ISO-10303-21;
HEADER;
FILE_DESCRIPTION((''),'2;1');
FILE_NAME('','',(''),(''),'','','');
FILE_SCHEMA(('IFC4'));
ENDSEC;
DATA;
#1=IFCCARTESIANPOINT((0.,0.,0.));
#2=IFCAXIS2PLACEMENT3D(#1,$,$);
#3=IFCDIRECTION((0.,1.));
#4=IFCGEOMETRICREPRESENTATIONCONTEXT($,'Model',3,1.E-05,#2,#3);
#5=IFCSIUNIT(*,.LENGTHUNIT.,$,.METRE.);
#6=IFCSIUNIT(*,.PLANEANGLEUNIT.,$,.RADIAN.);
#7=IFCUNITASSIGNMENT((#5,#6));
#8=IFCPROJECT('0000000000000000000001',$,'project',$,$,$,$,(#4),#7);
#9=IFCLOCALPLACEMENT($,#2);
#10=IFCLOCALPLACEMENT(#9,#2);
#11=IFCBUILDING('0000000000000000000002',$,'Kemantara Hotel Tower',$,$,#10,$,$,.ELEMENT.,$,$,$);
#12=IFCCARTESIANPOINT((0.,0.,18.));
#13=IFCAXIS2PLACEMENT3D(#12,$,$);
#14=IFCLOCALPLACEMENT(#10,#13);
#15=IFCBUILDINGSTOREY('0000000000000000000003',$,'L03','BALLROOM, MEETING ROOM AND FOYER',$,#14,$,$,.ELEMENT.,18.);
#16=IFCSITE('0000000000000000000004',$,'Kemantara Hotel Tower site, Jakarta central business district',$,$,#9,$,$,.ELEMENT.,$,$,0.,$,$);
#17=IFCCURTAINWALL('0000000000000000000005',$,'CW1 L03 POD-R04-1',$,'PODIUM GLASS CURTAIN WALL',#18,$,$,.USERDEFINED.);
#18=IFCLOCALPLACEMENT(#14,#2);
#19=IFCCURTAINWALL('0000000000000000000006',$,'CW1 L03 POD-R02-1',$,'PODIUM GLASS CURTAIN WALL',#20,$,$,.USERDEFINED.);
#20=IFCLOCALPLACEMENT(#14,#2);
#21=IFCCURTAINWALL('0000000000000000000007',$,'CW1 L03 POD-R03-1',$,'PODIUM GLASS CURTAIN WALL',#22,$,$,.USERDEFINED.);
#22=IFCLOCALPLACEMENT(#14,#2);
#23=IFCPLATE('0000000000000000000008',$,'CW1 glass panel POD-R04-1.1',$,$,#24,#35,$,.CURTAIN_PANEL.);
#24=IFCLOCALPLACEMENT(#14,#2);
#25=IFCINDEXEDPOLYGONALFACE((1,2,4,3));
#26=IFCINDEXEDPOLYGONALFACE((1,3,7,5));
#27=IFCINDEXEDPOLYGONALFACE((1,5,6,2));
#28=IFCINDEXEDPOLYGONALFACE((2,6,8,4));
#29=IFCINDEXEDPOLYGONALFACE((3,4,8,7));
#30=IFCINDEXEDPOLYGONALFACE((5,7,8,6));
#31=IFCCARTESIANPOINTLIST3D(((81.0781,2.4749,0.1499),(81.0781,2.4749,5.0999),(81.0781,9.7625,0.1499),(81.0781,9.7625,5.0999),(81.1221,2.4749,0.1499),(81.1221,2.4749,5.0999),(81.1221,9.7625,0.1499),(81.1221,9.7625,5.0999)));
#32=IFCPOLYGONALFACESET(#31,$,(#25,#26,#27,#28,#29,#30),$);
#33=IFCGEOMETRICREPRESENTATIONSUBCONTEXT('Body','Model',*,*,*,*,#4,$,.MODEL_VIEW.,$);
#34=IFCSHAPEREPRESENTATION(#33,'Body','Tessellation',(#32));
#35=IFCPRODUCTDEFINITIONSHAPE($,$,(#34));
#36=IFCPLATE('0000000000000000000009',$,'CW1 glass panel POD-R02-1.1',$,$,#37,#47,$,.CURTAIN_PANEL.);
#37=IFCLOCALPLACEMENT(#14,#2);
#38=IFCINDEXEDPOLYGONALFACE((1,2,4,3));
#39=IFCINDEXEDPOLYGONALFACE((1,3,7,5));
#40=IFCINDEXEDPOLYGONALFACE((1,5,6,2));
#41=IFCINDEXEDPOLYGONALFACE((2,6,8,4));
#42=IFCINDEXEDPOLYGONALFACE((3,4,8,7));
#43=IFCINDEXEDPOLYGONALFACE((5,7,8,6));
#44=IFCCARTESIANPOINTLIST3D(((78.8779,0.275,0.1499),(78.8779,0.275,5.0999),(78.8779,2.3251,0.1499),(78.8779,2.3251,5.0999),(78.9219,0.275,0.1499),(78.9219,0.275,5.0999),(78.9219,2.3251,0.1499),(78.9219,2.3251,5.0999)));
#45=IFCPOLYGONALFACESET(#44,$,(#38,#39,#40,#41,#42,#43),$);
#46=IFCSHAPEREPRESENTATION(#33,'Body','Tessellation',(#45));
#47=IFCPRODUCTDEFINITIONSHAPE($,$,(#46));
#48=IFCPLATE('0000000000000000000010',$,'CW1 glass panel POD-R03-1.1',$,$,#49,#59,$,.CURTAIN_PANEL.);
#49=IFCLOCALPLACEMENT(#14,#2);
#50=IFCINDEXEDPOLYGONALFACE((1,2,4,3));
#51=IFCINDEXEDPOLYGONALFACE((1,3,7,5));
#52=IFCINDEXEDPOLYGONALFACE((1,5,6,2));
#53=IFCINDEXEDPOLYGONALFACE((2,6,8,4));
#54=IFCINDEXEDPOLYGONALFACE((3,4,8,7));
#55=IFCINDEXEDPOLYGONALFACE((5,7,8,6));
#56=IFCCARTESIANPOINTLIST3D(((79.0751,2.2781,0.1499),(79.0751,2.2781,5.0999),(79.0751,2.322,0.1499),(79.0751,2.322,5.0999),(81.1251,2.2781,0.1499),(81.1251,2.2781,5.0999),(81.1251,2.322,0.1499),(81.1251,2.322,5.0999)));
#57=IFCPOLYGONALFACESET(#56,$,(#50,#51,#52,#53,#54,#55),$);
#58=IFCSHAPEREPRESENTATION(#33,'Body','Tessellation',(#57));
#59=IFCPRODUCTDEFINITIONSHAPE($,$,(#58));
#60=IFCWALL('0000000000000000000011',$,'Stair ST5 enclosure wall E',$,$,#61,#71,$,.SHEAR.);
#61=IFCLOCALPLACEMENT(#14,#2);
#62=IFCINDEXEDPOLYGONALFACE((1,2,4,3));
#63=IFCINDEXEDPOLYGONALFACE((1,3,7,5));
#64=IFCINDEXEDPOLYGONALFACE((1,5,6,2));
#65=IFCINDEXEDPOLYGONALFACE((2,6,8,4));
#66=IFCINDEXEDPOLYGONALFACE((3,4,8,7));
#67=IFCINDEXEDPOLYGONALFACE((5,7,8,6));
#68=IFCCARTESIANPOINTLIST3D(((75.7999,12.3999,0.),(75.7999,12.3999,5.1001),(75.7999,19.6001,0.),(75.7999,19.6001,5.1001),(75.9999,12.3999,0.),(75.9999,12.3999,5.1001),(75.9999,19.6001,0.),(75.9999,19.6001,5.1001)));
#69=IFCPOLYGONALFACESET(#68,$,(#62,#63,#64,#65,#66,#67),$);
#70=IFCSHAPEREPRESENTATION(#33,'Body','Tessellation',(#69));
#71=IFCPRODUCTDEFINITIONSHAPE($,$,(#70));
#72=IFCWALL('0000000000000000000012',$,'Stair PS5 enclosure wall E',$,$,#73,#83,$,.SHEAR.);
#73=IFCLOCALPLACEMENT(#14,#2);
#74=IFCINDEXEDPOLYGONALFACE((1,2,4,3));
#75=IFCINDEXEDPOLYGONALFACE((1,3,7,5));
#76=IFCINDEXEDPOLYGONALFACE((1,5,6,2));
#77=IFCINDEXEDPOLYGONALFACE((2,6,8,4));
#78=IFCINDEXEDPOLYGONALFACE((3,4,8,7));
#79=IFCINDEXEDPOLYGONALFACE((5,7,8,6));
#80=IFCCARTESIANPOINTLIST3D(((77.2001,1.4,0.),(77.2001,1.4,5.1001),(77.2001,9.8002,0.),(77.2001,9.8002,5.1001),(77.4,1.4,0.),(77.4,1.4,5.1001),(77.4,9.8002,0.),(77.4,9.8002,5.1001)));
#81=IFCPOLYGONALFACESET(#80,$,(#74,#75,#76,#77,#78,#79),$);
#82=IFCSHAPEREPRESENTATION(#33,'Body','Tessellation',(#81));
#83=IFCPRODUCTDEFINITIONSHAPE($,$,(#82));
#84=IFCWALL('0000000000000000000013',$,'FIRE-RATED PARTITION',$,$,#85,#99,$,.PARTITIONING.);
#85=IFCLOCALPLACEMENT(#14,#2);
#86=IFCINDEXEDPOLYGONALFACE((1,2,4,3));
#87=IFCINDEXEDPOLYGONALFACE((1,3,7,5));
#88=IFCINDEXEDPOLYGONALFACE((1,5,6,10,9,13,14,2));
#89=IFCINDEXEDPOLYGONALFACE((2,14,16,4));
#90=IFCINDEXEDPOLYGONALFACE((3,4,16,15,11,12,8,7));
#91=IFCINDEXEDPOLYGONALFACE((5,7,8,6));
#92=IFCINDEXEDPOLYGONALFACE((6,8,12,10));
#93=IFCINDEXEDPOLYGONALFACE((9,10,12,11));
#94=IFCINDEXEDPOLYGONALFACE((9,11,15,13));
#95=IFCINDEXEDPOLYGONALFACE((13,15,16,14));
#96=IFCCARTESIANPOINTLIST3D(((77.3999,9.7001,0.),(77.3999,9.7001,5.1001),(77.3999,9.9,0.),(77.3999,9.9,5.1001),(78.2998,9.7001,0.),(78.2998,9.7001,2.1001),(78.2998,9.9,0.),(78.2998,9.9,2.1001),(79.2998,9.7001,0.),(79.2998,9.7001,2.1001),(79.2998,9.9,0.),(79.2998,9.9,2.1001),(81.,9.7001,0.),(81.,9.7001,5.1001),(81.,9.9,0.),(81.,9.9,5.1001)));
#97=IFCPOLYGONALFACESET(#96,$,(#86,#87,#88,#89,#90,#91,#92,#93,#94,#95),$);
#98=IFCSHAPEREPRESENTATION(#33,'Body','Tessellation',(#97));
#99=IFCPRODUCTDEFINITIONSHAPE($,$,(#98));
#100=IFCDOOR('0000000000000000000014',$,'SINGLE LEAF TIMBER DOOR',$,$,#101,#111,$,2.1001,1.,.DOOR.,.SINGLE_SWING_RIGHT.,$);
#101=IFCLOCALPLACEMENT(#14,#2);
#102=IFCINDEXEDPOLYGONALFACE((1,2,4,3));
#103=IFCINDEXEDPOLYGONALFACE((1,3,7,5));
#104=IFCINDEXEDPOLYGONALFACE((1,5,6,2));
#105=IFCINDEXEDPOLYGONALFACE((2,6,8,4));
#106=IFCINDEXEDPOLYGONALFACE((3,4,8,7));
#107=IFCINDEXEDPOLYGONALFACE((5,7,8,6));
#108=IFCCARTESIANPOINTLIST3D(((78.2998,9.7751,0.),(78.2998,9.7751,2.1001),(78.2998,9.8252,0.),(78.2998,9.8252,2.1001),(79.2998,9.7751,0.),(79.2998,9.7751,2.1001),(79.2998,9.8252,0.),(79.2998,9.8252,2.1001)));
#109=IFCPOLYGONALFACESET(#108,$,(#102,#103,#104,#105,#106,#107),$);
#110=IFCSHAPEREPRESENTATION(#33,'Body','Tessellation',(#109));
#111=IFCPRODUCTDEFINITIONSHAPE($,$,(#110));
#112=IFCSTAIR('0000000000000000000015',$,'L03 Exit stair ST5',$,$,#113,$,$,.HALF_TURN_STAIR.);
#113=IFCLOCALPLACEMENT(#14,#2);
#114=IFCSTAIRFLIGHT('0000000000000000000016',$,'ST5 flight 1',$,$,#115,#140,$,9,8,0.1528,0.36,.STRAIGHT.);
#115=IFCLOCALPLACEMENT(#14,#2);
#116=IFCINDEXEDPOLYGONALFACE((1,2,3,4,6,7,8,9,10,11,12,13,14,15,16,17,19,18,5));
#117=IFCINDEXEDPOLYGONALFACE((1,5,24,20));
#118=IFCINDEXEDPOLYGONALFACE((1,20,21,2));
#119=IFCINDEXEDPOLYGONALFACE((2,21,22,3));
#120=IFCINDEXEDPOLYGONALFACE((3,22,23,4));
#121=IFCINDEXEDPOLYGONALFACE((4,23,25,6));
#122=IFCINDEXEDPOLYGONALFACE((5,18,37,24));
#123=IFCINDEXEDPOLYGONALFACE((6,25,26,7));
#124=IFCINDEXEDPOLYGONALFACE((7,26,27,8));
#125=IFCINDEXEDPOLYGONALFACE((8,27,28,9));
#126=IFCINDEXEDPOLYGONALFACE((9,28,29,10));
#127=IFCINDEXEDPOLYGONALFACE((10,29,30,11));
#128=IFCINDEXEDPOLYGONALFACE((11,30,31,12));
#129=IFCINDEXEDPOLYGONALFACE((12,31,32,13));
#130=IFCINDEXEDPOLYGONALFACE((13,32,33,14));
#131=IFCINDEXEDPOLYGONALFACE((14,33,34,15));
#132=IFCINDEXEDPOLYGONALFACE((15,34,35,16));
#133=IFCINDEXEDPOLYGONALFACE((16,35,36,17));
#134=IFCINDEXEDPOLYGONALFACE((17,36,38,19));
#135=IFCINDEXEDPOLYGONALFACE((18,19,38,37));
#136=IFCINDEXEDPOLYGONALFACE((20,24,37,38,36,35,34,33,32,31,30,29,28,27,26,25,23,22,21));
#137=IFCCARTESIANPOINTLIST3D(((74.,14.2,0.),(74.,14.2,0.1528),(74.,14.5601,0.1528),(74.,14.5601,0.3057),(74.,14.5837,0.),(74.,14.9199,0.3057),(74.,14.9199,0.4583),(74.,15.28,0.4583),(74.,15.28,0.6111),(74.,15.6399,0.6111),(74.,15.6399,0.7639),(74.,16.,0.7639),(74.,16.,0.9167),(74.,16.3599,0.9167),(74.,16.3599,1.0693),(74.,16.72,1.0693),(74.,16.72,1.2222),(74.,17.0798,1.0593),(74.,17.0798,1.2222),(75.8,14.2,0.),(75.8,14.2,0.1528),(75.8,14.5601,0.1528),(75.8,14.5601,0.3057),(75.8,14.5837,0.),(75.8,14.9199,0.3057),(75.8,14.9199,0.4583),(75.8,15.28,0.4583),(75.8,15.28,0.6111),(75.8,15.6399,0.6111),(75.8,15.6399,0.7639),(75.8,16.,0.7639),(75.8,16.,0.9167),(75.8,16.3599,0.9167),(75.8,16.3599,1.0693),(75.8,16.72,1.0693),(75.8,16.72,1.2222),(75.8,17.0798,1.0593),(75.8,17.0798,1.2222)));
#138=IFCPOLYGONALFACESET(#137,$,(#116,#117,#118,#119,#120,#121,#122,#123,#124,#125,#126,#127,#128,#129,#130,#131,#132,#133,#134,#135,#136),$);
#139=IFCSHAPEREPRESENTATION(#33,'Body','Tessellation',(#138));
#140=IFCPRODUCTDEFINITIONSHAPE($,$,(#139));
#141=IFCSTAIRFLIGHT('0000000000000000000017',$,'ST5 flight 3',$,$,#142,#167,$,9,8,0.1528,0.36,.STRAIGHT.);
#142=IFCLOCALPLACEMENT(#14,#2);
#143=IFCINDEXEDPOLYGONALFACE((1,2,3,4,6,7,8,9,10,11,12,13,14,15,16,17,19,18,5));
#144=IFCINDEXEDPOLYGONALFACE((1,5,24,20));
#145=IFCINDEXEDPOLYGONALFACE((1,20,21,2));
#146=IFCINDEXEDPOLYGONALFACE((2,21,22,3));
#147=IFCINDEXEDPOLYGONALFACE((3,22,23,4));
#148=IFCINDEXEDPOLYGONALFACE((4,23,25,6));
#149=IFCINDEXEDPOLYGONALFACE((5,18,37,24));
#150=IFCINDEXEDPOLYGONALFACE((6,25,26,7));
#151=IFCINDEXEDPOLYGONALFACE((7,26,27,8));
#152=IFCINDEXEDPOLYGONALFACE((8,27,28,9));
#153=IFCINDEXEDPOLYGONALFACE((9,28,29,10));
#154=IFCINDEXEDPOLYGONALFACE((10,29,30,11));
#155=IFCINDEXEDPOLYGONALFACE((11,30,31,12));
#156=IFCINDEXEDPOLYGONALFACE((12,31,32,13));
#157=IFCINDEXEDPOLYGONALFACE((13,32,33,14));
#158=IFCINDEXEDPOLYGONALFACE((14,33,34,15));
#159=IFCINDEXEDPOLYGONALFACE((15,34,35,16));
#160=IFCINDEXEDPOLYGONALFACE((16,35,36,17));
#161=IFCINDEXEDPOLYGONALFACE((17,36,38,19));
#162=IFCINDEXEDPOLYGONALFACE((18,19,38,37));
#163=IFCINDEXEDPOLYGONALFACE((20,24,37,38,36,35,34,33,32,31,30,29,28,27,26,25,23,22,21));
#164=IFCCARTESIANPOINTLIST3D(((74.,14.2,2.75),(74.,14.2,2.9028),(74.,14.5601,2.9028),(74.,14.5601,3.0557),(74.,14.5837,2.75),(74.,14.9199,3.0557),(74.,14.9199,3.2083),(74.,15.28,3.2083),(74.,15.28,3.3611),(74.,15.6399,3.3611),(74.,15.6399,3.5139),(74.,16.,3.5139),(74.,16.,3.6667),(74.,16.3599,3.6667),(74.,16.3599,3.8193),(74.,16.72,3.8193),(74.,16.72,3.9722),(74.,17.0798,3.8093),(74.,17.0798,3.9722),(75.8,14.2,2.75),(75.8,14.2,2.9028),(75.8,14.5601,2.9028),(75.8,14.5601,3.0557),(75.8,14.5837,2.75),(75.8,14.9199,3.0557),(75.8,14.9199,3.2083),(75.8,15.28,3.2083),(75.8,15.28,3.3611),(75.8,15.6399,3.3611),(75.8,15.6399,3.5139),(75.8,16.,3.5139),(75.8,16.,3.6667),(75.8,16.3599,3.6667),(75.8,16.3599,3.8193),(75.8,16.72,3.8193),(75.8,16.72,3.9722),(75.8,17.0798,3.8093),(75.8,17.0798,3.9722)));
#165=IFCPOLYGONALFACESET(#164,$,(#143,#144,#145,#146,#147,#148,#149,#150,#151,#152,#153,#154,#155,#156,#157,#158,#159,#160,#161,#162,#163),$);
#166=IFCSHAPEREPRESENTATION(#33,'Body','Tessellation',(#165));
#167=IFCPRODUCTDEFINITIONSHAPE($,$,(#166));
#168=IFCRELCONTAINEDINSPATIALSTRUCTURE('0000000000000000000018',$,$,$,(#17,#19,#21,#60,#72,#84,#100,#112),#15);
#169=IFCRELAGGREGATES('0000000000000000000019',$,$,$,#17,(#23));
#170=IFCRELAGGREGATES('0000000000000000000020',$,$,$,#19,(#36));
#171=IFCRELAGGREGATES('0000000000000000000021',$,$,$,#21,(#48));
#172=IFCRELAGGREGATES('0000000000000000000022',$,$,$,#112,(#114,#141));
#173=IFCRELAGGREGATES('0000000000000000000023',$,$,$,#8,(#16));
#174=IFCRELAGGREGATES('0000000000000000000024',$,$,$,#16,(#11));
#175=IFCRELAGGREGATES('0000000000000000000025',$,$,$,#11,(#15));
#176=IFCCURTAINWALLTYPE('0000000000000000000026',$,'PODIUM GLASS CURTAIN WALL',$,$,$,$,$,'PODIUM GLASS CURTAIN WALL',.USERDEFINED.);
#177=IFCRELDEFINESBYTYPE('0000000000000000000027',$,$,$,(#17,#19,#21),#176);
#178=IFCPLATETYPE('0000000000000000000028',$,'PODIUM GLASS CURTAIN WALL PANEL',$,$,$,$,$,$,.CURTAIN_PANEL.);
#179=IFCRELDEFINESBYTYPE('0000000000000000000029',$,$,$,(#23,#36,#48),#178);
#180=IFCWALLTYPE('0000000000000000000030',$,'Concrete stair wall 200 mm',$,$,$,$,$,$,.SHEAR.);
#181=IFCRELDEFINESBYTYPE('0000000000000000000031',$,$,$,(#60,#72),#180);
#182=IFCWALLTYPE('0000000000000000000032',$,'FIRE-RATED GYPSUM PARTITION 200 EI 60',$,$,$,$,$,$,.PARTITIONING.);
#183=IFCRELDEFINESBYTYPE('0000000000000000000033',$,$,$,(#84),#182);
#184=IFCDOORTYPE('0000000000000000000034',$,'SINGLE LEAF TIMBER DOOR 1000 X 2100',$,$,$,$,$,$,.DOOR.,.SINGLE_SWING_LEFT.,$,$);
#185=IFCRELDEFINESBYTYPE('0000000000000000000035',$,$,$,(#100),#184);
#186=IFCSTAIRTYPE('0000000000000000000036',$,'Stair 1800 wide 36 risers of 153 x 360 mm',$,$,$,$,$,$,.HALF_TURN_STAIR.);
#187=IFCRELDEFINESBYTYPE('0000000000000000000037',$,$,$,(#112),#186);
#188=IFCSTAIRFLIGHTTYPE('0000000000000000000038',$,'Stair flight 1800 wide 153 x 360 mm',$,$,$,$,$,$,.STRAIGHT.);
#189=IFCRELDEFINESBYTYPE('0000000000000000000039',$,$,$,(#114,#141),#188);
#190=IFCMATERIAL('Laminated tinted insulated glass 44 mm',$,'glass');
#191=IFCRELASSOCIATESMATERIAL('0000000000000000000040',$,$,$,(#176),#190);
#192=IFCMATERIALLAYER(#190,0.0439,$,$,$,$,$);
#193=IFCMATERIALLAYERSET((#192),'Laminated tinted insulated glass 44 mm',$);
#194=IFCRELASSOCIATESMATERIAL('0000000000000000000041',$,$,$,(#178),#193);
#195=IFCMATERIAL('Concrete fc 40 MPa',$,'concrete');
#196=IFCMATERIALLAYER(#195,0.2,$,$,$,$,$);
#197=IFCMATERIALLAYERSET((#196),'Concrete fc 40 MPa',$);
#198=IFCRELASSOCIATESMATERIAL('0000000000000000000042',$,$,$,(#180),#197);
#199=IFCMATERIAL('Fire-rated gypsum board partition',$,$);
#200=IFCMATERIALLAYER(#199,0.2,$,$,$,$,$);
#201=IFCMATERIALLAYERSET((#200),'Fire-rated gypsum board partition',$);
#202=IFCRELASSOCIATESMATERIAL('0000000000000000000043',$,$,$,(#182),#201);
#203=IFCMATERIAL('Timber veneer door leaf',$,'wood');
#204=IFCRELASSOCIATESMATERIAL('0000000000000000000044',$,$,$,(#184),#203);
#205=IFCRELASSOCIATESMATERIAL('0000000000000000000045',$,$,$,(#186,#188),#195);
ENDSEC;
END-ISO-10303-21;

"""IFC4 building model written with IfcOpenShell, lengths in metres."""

from ifc_helpers import new_model, si_unit, direction, frame, frame_2d, origin, origin_2d, place, context, subcontext, project, spatial, polyline, rectangle, outline, extrude, source, transform, mapped, material, layer, layer_set, type_object, element, fill, aggregate, save


model = new_model("IFC4")

# Units and contexts
model_context = context("Model", 3, precision=1e-05, world=origin(), true_north=direction((0.0, 1.0)))
body_context = subcontext(model_context, "Body", "Model", "MODEL_VIEW")
ifc_project = project(units=[si_unit("LENGTHUNIT", "METRE"), si_unit("PLANEANGLEUNIT", "RADIAN")], contexts=[model_context])

# Site, building, storey
site_placement = place(None, origin())
site = spatial("IfcSite", under=ifc_project, at=site_placement, Name="Kemantara Hotel Tower site, Jakarta central business district", CompositionType="ELEMENT", RefElevation=0.0)
building_placement = place(site_placement, origin())
building = spatial("IfcBuilding", under=site, at=building_placement, Name="Kemantara Hotel Tower", CompositionType="ELEMENT")
storey_placement = place(building_placement, frame((0.0, 0.0, 18.0)))
storey = spatial("IfcBuildingStorey", under=building, at=storey_placement, Name="L03", Description="BALLROOM, MEETING ROOM AND FOYER", CompositionType="ELEMENT", Elevation=18.0)

# Curtain walls
ifc_material_1 = material(Name="Laminated tinted insulated glass 44 mm", Category="glass")
curtain_wall_type = type_object("IfcCurtainWallType", Name="PODIUM GLASS CURTAIN WALL", ElementType="PODIUM GLASS CURTAIN WALL", PredefinedType="USERDEFINED", material=ifc_material_1)
curtain_wall_1_placement = place(storey_placement, origin())
curtain_wall_1 = element("IfcCurtainWall", 1, at=curtain_wall_1_placement, inside=storey, type_object=curtain_wall_type, Name="CW1 L03 POD-R04-1", ObjectType="PODIUM GLASS CURTAIN WALL", PredefinedType="USERDEFINED")
curtain_wall_2_placement = place(storey_placement, origin())
curtain_wall_2 = element("IfcCurtainWall", 2, at=curtain_wall_2_placement, inside=storey, type_object=curtain_wall_type, Name="CW1 L03 POD-R02-1", ObjectType="PODIUM GLASS CURTAIN WALL", PredefinedType="USERDEFINED")
curtain_wall_3_placement = place(storey_placement, origin())
curtain_wall_3 = element("IfcCurtainWall", 3, at=curtain_wall_3_placement, inside=storey, type_object=curtain_wall_type, Name="CW1 L03 POD-R03-1", ObjectType="PODIUM GLASS CURTAIN WALL", PredefinedType="USERDEFINED")

# Plates
ifc_layer_1 = layer(ifc_material_1, 0.0439)
ifc_layer_set_1 = layer_set([ifc_layer_1], Name="Laminated tinted insulated glass 44 mm")
plate_type = type_object("IfcPlateType", Name="PODIUM GLASS CURTAIN WALL PANEL", PredefinedType="CURTAIN_PANEL", material=ifc_layer_set_1)
shared_shape_1 = source(origin(), body_context, "Body", "SweptSolid", [
    extrude(rectangle(XDim=7.2876, YDim=0.0439, at=origin_2d()), origin(), (0.0, 0.0, 1.0), 4.95),
])
plate_1_placement = place(storey_placement, frame((81.1001, 6.1187, 0.1499), z_axis=(0.0, 0.0, 1.0), x_axis=(0.0, 1.0, 0.0)))
plate_1 = element("IfcPlate", 4, at=plate_1_placement, type_object=plate_type, Name="CW1 glass panel POD-R04-1.1", PredefinedType="CURTAIN_PANEL", context=body_context, shape_type="MappedRepresentation", body=[
    mapped(shared_shape_1, transform((0.0, 0.0, 0.0))),
])
aggregate(curtain_wall_1, [plate_1])
shared_shape_2 = source(origin(), body_context, "Body", "SweptSolid", [
    extrude(rectangle(XDim=2.05, YDim=0.0439, at=origin_2d()), origin(), (0.0, 0.0, 1.0), 4.95),
])
plate_2_placement = place(storey_placement, frame((78.8999, 1.3, 0.1499), z_axis=(0.0, 0.0, 1.0), x_axis=(0.0, 1.0, 0.0)))
plate_2 = element("IfcPlate", 5, at=plate_2_placement, type_object=plate_type, Name="CW1 glass panel POD-R02-1.1", PredefinedType="CURTAIN_PANEL", context=body_context, shape_type="MappedRepresentation", body=[
    mapped(shared_shape_2, transform((0.0, 0.0, 0.0))),
])
aggregate(curtain_wall_2, [plate_2])
plate_3_placement = place(storey_placement, frame((80.1001, 2.3, 0.1499), z_axis=(0.0, 0.0, 1.0), x_axis=(1.0, 0.0, 0.0)))
plate_3 = element("IfcPlate", 6, at=plate_3_placement, type_object=plate_type, Name="CW1 glass panel POD-R03-1.1", PredefinedType="CURTAIN_PANEL", context=body_context, shape_type="MappedRepresentation", body=[
    mapped(shared_shape_2, transform((0.0, 0.0, 0.0))),
])
aggregate(curtain_wall_3, [plate_3])

# Walls
ifc_material_2 = material(Name="Concrete fc 40 MPa", Category="concrete")
ifc_layer_2 = layer(ifc_material_2, 0.2)
ifc_layer_set_2 = layer_set([ifc_layer_2], Name="Concrete fc 40 MPa")
wall_type_1 = type_object("IfcWallType", Name="Concrete stair wall 200 mm", PredefinedType="SHEAR", material=ifc_layer_set_2)
wall_1_placement = place(storey_placement, frame((75.8999, 12.3999, 0.0), z_axis=(0.0, 0.0, 1.0), x_axis=(0.0, 1.0, 0.0)))
element("IfcWall", 7, at=wall_1_placement, inside=storey, type_object=wall_type_1, Name="Stair ST5 enclosure wall E", PredefinedType="SHEAR", context=body_context, shape_type="SweptSolid", body=[
    extrude(rectangle(XDim=7.2002, YDim=0.2, at=frame_2d((3.6001, 0.0))), origin(), (0.0, 0.0, 1.0), 5.1001),
])
wall_2_placement = place(storey_placement, frame((77.3, 1.3999, 0.0), z_axis=(0.0, 0.0, 1.0), x_axis=(0.0, 1.0, 0.0)))
element("IfcWall", 8, at=wall_2_placement, inside=storey, type_object=wall_type_1, Name="Stair PS5 enclosure wall E", PredefinedType="SHEAR", context=body_context, shape_type="SweptSolid", body=[
    extrude(rectangle(XDim=8.4001, YDim=0.2, at=frame_2d((4.2002, 0.0))), origin(), (0.0, 0.0, 1.0), 5.1001),
])

# Wall, opening, door
ifc_material_3 = material(Name="Fire-rated gypsum board partition")
ifc_layer_3 = layer(ifc_material_3, 0.2)
ifc_layer_set_3 = layer_set([ifc_layer_3], Name="Fire-rated gypsum board partition")
wall_type_2 = type_object("IfcWallType", Name="FIRE-RATED GYPSUM PARTITION 200 EI 60", PredefinedType="PARTITIONING", material=ifc_layer_set_3)
wall_3_placement = place(storey_placement, frame((77.3999, 9.8, 0.0), z_axis=(0.0, 0.0, 1.0), x_axis=(1.0, 0.0, 0.0)))
wall_3 = element("IfcWall", 9, at=wall_3_placement, inside=storey, type_object=wall_type_2, Name="FIRE-RATED PARTITION", PredefinedType="PARTITIONING", context=body_context, shape_type="SweptSolid", body=[
    extrude(rectangle(XDim=3.6001, YDim=0.2, at=frame_2d((1.8, 0.0))), origin(), (0.0, 0.0, 1.0), 5.1001),
])
opening_1_placement = place(wall_3_placement, frame((0.8999, 0.0, 0.0)))
opening_1 = element("IfcOpeningElement", 10, at=opening_1_placement, cuts=wall_3, PredefinedType="OPENING", context=body_context, shape_type="SweptSolid", body=[
    extrude(rectangle(XDim=1.0, YDim=2.1001, at=frame_2d((0.5, 1.05))), frame((0.0, 0.1099, 0.0), z_axis=(0.0, -1.0, 0.0), x_axis=(1.0, 0.0, 0.0)), (0.0, 0.0, 1.0), 0.22),
])
ifc_material_4 = material(Name="Timber veneer door leaf", Category="wood")
door_type_1 = type_object("IfcDoorType", Name="SINGLE LEAF TIMBER DOOR 1000 X 2100", OperationType="SINGLE_SWING_LEFT", PredefinedType="DOOR", material=ifc_material_4)
door_1_placement = place(opening_1_placement, frame((1.0, 0.0, 0.0), z_axis=(0.0, 0.0, 1.0), x_axis=(-1.0, 0.0, 0.0)))
door_1 = element("IfcDoor", 11, at=door_1_placement, inside=storey, type_object=door_type_1, Name="SINGLE LEAF TIMBER DOOR", OperationType="SINGLE_SWING_RIGHT", OverallHeight=2.1001, OverallWidth=1.0, PredefinedType="DOOR", context=body_context, shape_type="SweptSolid", body=[
    extrude(rectangle(XDim=1.0, YDim=2.1001, at=frame_2d((0.5, 1.05))), frame((0.0, 0.0249, 0.0), z_axis=(0.0, -1.0, 0.0), x_axis=(1.0, 0.0, 0.0)), (0.0, 0.0, 1.0), 0.05),
])
fill(opening_1, door_1)

# Stair, stair flights
stair_type_1 = type_object("IfcStairType", Name="Stair 1800 wide 36 risers of 153 x 360 mm", PredefinedType="HALF_TURN_STAIR", material=ifc_material_2)
stair_1_placement = place(storey_placement, origin())
stair_1 = element("IfcStair", 12, at=stair_1_placement, inside=storey, type_object=stair_type_1, Name="L03 Exit stair ST5", PredefinedType="HALF_TURN_STAIR")
stair_flight_type_1 = type_object("IfcStairFlightType", Name="Stair flight 1800 wide 153 x 360 mm", PredefinedType="STRAIGHT", material=ifc_material_2)
stair_flight_1_placement = place(storey_placement, frame((74.8999, 14.2, 0.0), z_axis=(0.0, 0.0, 1.0), x_axis=(0.0, 1.0, 0.0)))
stair_flight_1 = element("IfcStairFlight", 13, at=stair_flight_1_placement, type_object=stair_flight_type_1, Name="ST5 flight 1", NumberOfRisers=9, NumberOfTreads=8, PredefinedType="STRAIGHT", RiserHeight=0.1528, TreadLength=0.36, context=body_context, shape_type="SweptSolid", body=[
    extrude(outline(polyline([(0.0, 0.0), (0.0, 0.1528), (0.3601, 0.1528), (0.3601, 0.3057), (0.72, 0.3057), (0.72, 0.4583), (1.0801, 0.4583), (1.0801, 0.6111), (1.4399, 0.6111), (1.4399, 0.7639), (1.8, 0.7639), (1.8, 0.9167), (2.1599, 0.9167), (2.1599, 1.0693), (2.52, 1.0693), (2.52, 1.2222), (2.8799, 1.2222), (2.8799, 1.375), (2.8799, 1.0593), (0.3838, 0.0), (0.0, 0.0)])), frame((0.0, 0.8999, 0.0), z_axis=(0.0, -1.0, 0.0), x_axis=(1.0, 0.0, 0.0)), (0.0, 0.0, 1.0), 1.8),
])
stair_flight_2_placement = place(storey_placement, frame((74.8999, 14.2, 2.75), z_axis=(0.0, 0.0, 1.0), x_axis=(0.0, 1.0, 0.0)))
stair_flight_2 = element("IfcStairFlight", 14, at=stair_flight_2_placement, type_object=stair_flight_type_1, Name="ST5 flight 3", NumberOfRisers=9, NumberOfTreads=8, PredefinedType="STRAIGHT", RiserHeight=0.1528, TreadLength=0.36, context=body_context, shape_type="SweptSolid", body=[
    extrude(outline(polyline([(0.0, 0.0), (0.0, 0.1528), (0.3601, 0.1528), (0.3601, 0.3057), (0.72, 0.3057), (0.72, 0.4583), (1.0801, 0.4583), (1.0801, 0.6111), (1.4399, 0.6111), (1.4399, 0.7639), (1.8, 0.7639), (1.8, 0.9167), (2.1599, 0.9167), (2.1599, 1.0693), (2.52, 1.0693), (2.52, 1.2222), (2.8799, 1.2222), (2.8799, 1.375), (2.8799, 1.0593), (0.3838, 0.0), (0.0, 0.0)])), frame((0.0, 0.8999, 0.0), z_axis=(0.0, -1.0, 0.0), x_axis=(1.0, 0.0, 0.0)), (0.0, 0.0, 1.0), 1.8),
])
aggregate(stair_1, [stair_flight_1, stair_flight_2])

save(model, "model.ifc")
